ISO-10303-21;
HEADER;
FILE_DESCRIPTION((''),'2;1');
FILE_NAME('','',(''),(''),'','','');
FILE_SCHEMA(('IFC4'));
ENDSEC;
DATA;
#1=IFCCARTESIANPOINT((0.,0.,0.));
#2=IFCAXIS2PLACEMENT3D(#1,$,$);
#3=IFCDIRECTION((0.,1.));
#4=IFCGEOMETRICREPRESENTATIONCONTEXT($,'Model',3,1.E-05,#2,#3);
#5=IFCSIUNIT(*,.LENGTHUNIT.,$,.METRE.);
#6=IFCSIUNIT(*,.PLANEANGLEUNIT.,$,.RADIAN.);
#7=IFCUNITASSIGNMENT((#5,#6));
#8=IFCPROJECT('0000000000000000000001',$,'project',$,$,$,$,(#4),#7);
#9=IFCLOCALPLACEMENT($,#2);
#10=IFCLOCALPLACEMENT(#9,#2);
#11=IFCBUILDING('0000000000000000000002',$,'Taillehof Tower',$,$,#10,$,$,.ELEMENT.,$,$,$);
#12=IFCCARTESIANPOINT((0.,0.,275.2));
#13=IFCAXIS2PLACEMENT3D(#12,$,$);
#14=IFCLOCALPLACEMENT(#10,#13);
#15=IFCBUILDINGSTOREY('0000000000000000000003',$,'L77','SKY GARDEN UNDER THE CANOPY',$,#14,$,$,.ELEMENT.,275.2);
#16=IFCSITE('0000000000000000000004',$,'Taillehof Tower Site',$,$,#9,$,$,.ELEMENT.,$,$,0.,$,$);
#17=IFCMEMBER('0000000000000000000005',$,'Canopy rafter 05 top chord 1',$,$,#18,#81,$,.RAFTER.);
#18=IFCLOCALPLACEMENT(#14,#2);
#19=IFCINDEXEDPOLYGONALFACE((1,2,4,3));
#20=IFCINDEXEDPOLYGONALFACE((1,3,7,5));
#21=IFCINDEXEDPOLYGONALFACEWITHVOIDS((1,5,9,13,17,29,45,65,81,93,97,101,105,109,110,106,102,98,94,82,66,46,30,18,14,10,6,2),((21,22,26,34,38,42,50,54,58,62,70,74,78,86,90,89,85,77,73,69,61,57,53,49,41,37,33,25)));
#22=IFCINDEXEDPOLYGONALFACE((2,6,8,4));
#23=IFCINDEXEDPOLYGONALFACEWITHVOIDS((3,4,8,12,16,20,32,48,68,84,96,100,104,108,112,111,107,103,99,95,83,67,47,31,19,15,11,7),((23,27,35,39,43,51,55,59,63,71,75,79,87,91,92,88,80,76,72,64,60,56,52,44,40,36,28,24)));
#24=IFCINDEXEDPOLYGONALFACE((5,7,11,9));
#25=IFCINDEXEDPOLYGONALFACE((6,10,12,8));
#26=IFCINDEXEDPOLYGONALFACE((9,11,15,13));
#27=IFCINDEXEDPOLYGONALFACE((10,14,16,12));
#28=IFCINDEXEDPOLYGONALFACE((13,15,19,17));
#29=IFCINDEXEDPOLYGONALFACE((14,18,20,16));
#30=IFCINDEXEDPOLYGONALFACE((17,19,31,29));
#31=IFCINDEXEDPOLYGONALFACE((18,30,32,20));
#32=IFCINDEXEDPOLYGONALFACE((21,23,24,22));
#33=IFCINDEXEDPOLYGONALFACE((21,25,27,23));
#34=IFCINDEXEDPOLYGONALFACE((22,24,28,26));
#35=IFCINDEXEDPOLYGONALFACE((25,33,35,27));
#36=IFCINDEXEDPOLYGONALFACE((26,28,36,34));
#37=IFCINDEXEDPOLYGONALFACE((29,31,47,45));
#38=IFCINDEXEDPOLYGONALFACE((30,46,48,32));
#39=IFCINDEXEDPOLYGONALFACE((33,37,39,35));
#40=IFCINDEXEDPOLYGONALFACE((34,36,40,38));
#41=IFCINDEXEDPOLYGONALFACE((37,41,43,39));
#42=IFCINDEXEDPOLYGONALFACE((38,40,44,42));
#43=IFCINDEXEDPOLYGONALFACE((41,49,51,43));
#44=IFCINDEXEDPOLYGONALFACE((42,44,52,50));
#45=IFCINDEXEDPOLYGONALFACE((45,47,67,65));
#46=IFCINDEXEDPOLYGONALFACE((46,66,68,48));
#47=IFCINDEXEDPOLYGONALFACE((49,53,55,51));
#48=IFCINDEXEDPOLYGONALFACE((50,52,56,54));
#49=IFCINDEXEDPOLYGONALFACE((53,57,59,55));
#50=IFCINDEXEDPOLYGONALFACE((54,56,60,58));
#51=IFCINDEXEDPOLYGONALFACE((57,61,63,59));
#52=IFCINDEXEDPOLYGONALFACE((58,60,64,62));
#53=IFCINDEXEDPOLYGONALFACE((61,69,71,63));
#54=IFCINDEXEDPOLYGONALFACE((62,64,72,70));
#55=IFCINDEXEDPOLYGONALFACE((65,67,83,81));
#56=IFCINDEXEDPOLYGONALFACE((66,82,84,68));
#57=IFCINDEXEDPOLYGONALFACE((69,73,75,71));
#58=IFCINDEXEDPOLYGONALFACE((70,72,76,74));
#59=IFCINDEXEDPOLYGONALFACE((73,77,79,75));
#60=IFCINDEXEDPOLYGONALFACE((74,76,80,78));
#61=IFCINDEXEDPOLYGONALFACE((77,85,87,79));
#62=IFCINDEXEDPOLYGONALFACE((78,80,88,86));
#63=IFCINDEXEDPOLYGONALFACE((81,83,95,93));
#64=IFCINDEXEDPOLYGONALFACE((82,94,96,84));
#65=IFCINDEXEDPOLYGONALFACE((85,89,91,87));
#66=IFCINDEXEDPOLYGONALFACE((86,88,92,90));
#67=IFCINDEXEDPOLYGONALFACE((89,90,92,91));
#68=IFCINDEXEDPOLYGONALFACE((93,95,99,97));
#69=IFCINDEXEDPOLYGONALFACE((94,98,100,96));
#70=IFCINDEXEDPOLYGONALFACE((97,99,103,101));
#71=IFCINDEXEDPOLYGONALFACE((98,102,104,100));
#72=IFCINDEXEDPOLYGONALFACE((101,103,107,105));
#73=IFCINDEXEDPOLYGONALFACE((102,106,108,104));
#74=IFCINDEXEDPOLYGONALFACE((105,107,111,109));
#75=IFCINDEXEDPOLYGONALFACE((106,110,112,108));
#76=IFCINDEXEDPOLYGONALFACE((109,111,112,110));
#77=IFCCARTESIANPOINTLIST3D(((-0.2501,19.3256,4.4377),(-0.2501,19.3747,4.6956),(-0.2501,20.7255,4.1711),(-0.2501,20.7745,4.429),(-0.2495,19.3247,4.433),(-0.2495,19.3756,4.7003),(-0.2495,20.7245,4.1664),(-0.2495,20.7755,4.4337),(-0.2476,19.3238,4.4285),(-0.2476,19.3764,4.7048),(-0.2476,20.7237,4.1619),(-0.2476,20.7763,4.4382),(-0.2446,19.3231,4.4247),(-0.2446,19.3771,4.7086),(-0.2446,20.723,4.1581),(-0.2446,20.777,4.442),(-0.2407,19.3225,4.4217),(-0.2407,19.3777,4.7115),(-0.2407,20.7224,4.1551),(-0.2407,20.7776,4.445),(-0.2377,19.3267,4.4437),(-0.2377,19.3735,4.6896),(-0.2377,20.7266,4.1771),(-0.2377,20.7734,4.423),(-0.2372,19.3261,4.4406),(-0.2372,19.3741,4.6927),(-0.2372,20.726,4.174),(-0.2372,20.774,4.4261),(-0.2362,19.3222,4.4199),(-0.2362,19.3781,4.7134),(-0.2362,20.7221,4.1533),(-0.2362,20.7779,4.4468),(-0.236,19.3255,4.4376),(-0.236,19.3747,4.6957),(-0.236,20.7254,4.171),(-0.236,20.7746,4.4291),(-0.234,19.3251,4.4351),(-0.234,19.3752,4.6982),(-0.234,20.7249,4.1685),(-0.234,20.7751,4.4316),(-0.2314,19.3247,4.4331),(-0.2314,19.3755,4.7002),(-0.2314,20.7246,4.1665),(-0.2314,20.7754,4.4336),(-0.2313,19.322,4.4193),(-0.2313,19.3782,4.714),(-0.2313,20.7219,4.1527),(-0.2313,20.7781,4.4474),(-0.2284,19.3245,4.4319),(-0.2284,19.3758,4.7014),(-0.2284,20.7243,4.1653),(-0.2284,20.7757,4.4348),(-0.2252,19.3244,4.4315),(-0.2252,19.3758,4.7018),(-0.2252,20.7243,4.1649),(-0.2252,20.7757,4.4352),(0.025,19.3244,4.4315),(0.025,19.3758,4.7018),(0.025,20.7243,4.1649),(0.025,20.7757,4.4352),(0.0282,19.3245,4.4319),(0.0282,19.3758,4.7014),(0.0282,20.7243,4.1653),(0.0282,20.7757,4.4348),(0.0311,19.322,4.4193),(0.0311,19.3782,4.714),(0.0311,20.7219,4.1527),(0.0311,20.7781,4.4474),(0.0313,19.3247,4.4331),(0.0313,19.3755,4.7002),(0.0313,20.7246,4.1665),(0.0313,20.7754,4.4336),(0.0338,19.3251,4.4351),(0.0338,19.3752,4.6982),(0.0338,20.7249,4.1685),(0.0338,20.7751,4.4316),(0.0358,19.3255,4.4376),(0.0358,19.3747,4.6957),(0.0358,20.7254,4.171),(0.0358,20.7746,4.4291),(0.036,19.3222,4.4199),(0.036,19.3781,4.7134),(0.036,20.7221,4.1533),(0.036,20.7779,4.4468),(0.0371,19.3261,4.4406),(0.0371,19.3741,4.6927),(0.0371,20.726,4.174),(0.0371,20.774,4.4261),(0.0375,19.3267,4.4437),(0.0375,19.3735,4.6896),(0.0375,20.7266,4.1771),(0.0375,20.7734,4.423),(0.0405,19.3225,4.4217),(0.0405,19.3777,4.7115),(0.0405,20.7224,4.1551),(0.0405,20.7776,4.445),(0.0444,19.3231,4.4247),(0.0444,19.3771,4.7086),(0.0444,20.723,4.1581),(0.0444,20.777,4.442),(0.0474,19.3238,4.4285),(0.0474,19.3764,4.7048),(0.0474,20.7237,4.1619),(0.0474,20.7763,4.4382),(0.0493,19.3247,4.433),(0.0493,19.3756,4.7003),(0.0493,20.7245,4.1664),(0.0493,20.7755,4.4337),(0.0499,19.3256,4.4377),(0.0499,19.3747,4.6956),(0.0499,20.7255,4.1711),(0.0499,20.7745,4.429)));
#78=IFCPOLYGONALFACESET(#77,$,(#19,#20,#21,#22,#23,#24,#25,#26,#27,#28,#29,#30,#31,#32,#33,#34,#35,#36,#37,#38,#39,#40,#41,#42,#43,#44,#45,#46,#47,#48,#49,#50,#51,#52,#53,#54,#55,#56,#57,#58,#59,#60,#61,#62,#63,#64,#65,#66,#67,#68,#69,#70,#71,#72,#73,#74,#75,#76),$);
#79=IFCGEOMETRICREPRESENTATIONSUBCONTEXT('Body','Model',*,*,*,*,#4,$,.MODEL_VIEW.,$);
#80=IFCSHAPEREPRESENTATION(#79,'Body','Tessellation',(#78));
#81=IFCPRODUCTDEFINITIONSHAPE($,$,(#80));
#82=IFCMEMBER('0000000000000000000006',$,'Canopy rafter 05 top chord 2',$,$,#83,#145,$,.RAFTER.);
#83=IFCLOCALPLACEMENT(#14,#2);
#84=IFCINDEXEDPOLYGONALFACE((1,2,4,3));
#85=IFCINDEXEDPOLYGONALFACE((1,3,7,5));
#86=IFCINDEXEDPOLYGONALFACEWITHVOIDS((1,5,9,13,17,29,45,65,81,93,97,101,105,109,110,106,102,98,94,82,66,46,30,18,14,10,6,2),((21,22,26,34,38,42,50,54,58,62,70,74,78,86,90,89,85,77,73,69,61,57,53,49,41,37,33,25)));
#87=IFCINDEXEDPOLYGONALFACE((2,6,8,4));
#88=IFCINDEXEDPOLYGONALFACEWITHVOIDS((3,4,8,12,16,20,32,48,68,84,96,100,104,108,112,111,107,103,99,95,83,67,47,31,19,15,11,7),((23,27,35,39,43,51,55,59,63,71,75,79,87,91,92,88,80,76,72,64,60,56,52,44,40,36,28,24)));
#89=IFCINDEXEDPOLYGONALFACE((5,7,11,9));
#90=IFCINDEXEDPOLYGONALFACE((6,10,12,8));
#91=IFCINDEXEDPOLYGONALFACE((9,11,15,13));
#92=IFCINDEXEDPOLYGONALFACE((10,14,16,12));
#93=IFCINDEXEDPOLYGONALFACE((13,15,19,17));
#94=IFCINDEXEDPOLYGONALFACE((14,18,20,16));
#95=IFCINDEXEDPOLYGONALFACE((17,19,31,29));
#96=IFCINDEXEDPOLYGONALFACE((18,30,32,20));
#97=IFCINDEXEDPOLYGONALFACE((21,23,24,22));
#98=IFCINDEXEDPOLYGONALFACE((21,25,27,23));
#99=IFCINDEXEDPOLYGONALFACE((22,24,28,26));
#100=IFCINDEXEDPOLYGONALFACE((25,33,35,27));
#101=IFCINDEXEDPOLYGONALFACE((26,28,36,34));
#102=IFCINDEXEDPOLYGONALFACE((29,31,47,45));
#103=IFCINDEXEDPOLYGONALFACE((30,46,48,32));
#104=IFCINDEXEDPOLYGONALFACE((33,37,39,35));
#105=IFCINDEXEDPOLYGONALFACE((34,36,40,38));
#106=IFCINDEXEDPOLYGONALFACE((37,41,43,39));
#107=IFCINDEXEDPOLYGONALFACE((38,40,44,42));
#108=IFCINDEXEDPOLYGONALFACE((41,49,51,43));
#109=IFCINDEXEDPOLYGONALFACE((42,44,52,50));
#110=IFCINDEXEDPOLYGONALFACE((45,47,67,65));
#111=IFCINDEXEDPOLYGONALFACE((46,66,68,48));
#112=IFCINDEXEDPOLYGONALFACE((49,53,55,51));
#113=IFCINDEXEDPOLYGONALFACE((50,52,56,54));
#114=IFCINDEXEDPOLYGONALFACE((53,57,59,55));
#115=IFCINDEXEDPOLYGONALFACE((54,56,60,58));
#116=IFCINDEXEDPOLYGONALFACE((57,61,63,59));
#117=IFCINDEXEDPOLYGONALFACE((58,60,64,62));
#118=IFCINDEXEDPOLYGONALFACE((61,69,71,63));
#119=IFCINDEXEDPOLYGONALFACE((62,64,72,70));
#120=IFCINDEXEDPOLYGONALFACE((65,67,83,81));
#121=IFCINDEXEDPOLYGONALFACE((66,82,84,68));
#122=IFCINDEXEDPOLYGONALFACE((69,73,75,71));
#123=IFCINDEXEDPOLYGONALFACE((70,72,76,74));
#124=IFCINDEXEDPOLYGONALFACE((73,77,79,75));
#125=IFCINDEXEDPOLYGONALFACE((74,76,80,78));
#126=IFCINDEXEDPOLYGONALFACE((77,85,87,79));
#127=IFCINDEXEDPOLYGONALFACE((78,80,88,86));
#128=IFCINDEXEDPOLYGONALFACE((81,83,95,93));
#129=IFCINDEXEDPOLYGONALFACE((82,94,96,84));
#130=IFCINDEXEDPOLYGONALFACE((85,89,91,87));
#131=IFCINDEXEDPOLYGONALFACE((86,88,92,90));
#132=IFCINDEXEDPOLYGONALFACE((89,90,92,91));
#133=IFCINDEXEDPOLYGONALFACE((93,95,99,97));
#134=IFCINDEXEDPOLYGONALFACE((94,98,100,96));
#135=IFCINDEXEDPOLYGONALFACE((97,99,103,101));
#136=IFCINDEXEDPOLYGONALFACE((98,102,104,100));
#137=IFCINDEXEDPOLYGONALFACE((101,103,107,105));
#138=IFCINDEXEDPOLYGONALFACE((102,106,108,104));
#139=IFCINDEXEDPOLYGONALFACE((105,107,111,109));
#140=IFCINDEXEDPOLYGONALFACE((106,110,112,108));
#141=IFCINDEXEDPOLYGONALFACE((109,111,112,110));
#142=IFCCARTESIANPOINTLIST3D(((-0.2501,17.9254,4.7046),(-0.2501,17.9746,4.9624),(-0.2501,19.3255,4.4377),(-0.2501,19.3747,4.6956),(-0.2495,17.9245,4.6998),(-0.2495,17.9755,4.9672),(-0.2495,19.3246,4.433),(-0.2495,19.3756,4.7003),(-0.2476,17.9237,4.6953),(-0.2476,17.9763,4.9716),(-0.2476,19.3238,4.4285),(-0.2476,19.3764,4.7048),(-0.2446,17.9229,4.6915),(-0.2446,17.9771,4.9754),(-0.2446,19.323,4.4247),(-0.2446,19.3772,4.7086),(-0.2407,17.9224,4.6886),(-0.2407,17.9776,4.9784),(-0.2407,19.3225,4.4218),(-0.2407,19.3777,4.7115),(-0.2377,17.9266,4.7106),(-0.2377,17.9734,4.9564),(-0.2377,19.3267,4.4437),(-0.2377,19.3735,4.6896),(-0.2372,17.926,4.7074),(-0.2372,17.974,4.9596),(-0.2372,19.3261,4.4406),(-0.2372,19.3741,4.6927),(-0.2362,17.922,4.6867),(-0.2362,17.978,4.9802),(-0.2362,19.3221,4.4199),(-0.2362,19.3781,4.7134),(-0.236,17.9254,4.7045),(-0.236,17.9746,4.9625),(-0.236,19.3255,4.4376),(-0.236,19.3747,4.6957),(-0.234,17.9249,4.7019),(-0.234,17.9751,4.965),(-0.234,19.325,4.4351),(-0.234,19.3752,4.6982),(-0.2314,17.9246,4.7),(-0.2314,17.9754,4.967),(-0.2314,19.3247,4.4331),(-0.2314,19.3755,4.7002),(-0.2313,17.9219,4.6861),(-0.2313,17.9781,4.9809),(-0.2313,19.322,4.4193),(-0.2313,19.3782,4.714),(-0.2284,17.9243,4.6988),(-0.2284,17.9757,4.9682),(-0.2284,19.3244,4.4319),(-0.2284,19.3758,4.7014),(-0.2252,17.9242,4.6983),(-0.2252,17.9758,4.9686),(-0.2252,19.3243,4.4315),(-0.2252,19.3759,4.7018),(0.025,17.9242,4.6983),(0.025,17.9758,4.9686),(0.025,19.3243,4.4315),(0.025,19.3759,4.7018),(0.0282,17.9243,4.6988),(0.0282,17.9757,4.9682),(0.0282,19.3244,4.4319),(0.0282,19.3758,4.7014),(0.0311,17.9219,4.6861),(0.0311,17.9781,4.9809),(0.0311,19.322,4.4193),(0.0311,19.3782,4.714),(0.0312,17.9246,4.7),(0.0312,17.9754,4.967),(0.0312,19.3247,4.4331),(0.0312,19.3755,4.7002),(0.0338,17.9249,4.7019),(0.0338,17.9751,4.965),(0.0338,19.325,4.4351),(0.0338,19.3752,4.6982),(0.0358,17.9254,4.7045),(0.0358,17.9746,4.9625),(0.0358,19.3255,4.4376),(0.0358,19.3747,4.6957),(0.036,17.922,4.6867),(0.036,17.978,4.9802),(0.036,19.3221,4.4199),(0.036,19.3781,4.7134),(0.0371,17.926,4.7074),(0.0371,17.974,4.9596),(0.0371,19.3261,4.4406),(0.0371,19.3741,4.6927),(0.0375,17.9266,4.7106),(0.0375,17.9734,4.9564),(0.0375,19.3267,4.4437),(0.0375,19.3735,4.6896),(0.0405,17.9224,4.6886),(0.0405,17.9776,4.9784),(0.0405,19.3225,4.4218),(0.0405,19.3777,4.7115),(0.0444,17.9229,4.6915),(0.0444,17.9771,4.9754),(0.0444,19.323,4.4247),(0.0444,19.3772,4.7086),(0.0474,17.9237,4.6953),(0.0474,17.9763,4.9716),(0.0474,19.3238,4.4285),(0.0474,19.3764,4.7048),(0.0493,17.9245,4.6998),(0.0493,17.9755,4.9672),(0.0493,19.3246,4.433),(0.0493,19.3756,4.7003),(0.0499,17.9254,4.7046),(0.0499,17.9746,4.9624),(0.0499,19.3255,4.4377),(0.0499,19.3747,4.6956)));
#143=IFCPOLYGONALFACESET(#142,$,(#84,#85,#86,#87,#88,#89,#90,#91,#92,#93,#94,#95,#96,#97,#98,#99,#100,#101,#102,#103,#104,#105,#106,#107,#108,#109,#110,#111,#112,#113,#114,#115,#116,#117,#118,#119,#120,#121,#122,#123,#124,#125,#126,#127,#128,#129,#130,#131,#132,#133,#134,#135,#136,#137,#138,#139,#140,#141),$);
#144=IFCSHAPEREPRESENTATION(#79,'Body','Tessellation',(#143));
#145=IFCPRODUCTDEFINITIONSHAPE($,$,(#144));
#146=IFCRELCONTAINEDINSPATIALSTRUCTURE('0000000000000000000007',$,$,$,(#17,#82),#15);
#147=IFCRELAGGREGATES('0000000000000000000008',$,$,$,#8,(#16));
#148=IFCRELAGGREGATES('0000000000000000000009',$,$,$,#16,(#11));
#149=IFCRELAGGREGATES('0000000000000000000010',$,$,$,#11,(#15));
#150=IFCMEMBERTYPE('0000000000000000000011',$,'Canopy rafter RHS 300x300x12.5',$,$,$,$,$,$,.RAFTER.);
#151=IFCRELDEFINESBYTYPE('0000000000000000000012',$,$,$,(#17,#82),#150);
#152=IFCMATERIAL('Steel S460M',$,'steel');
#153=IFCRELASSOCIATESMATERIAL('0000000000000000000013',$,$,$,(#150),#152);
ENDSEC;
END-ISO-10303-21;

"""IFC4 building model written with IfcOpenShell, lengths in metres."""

from ifc_helpers import new_model, si_unit, direction, frame, origin, origin_2d, place, context, subcontext, project, spatial, hollow_rectangle, extrude, material, material_profile, profile_set, type_object, element, save


model = new_model("IFC4")

# Units and contexts
model_context = context("Model", 3, precision=1e-05, world=origin(), true_north=direction((0.0, 1.0)))
body_context = subcontext(model_context, "Body", "Model", "MODEL_VIEW")
ifc_project = project(units=[si_unit("LENGTHUNIT", "METRE"), si_unit("PLANEANGLEUNIT", "RADIAN")], contexts=[model_context])

# Site, building, storey
site_placement = place(None, origin())
site = spatial("IfcSite", under=ifc_project, at=site_placement, Name="Taillehof Tower Site", CompositionType="ELEMENT", RefElevation=0.0)
building_placement = place(site_placement, origin())
building = spatial("IfcBuilding", under=site, at=building_placement, Name="Taillehof Tower", CompositionType="ELEMENT")
storey_placement = place(building_placement, frame((0.0, 0.0, 275.2)))
storey = spatial("IfcBuildingStorey", under=building, at=storey_placement, Name="L77", Description="SKY GARDEN UNDER THE CANOPY", CompositionType="ELEMENT", Elevation=275.2)

# Members
ifc_material_1 = material(Name="Steel S460M", Category="steel")
ifc_material_profile_1 = material_profile(ifc_material_1, hollow_rectangle(XDim=0.3, YDim=0.3, WallThickness=0.0125, InnerFilletRadius=0.0125, OuterFilletRadius=0.0188, at=origin_2d()), Name="RHS 300x300x12.5")
ifc_profile_set_1 = profile_set([ifc_material_profile_1], Name="Steel S460M")
member_type_1 = type_object("IfcMemberType", Name="Canopy rafter RHS 300x300x12.5", PredefinedType="RAFTER", material=ifc_profile_set_1)
member_1_placement = place(storey_placement, frame((-0.1001, 20.75, 4.3), z_axis=(0.0, -0.982345, 0.187081), x_axis=(1.0, 0.0, 0.0)))
element("IfcMember", 1, at=member_1_placement, inside=storey, type_object=member_type_1, Name="Canopy rafter 05 top chord 1", PredefinedType="RAFTER", context=body_context, shape_type="SweptSolid", body=[
    extrude(hollow_rectangle(XDim=0.3, YDim=0.3, WallThickness=0.0125, InnerFilletRadius=0.0125, OuterFilletRadius=0.0188, at=origin_2d()), origin(), (0.0, 0.0, 1.0), 1.425),
])
member_2_placement = place(storey_placement, frame((-0.1001, 19.3501, 4.5667), z_axis=(0.0, -0.982319, 0.187214), x_axis=(1.0, 0.0, 0.0)))
element("IfcMember", 2, at=member_2_placement, inside=storey, type_object=member_type_1, Name="Canopy rafter 05 top chord 2", PredefinedType="RAFTER", context=body_context, shape_type="SweptSolid", body=[
    extrude(hollow_rectangle(XDim=0.3, YDim=0.3, WallThickness=0.0125, InnerFilletRadius=0.0125, OuterFilletRadius=0.0188, at=origin_2d()), origin(), (0.0, 0.0, 1.0), 1.4253),
])

save(model, "model.ifc")
